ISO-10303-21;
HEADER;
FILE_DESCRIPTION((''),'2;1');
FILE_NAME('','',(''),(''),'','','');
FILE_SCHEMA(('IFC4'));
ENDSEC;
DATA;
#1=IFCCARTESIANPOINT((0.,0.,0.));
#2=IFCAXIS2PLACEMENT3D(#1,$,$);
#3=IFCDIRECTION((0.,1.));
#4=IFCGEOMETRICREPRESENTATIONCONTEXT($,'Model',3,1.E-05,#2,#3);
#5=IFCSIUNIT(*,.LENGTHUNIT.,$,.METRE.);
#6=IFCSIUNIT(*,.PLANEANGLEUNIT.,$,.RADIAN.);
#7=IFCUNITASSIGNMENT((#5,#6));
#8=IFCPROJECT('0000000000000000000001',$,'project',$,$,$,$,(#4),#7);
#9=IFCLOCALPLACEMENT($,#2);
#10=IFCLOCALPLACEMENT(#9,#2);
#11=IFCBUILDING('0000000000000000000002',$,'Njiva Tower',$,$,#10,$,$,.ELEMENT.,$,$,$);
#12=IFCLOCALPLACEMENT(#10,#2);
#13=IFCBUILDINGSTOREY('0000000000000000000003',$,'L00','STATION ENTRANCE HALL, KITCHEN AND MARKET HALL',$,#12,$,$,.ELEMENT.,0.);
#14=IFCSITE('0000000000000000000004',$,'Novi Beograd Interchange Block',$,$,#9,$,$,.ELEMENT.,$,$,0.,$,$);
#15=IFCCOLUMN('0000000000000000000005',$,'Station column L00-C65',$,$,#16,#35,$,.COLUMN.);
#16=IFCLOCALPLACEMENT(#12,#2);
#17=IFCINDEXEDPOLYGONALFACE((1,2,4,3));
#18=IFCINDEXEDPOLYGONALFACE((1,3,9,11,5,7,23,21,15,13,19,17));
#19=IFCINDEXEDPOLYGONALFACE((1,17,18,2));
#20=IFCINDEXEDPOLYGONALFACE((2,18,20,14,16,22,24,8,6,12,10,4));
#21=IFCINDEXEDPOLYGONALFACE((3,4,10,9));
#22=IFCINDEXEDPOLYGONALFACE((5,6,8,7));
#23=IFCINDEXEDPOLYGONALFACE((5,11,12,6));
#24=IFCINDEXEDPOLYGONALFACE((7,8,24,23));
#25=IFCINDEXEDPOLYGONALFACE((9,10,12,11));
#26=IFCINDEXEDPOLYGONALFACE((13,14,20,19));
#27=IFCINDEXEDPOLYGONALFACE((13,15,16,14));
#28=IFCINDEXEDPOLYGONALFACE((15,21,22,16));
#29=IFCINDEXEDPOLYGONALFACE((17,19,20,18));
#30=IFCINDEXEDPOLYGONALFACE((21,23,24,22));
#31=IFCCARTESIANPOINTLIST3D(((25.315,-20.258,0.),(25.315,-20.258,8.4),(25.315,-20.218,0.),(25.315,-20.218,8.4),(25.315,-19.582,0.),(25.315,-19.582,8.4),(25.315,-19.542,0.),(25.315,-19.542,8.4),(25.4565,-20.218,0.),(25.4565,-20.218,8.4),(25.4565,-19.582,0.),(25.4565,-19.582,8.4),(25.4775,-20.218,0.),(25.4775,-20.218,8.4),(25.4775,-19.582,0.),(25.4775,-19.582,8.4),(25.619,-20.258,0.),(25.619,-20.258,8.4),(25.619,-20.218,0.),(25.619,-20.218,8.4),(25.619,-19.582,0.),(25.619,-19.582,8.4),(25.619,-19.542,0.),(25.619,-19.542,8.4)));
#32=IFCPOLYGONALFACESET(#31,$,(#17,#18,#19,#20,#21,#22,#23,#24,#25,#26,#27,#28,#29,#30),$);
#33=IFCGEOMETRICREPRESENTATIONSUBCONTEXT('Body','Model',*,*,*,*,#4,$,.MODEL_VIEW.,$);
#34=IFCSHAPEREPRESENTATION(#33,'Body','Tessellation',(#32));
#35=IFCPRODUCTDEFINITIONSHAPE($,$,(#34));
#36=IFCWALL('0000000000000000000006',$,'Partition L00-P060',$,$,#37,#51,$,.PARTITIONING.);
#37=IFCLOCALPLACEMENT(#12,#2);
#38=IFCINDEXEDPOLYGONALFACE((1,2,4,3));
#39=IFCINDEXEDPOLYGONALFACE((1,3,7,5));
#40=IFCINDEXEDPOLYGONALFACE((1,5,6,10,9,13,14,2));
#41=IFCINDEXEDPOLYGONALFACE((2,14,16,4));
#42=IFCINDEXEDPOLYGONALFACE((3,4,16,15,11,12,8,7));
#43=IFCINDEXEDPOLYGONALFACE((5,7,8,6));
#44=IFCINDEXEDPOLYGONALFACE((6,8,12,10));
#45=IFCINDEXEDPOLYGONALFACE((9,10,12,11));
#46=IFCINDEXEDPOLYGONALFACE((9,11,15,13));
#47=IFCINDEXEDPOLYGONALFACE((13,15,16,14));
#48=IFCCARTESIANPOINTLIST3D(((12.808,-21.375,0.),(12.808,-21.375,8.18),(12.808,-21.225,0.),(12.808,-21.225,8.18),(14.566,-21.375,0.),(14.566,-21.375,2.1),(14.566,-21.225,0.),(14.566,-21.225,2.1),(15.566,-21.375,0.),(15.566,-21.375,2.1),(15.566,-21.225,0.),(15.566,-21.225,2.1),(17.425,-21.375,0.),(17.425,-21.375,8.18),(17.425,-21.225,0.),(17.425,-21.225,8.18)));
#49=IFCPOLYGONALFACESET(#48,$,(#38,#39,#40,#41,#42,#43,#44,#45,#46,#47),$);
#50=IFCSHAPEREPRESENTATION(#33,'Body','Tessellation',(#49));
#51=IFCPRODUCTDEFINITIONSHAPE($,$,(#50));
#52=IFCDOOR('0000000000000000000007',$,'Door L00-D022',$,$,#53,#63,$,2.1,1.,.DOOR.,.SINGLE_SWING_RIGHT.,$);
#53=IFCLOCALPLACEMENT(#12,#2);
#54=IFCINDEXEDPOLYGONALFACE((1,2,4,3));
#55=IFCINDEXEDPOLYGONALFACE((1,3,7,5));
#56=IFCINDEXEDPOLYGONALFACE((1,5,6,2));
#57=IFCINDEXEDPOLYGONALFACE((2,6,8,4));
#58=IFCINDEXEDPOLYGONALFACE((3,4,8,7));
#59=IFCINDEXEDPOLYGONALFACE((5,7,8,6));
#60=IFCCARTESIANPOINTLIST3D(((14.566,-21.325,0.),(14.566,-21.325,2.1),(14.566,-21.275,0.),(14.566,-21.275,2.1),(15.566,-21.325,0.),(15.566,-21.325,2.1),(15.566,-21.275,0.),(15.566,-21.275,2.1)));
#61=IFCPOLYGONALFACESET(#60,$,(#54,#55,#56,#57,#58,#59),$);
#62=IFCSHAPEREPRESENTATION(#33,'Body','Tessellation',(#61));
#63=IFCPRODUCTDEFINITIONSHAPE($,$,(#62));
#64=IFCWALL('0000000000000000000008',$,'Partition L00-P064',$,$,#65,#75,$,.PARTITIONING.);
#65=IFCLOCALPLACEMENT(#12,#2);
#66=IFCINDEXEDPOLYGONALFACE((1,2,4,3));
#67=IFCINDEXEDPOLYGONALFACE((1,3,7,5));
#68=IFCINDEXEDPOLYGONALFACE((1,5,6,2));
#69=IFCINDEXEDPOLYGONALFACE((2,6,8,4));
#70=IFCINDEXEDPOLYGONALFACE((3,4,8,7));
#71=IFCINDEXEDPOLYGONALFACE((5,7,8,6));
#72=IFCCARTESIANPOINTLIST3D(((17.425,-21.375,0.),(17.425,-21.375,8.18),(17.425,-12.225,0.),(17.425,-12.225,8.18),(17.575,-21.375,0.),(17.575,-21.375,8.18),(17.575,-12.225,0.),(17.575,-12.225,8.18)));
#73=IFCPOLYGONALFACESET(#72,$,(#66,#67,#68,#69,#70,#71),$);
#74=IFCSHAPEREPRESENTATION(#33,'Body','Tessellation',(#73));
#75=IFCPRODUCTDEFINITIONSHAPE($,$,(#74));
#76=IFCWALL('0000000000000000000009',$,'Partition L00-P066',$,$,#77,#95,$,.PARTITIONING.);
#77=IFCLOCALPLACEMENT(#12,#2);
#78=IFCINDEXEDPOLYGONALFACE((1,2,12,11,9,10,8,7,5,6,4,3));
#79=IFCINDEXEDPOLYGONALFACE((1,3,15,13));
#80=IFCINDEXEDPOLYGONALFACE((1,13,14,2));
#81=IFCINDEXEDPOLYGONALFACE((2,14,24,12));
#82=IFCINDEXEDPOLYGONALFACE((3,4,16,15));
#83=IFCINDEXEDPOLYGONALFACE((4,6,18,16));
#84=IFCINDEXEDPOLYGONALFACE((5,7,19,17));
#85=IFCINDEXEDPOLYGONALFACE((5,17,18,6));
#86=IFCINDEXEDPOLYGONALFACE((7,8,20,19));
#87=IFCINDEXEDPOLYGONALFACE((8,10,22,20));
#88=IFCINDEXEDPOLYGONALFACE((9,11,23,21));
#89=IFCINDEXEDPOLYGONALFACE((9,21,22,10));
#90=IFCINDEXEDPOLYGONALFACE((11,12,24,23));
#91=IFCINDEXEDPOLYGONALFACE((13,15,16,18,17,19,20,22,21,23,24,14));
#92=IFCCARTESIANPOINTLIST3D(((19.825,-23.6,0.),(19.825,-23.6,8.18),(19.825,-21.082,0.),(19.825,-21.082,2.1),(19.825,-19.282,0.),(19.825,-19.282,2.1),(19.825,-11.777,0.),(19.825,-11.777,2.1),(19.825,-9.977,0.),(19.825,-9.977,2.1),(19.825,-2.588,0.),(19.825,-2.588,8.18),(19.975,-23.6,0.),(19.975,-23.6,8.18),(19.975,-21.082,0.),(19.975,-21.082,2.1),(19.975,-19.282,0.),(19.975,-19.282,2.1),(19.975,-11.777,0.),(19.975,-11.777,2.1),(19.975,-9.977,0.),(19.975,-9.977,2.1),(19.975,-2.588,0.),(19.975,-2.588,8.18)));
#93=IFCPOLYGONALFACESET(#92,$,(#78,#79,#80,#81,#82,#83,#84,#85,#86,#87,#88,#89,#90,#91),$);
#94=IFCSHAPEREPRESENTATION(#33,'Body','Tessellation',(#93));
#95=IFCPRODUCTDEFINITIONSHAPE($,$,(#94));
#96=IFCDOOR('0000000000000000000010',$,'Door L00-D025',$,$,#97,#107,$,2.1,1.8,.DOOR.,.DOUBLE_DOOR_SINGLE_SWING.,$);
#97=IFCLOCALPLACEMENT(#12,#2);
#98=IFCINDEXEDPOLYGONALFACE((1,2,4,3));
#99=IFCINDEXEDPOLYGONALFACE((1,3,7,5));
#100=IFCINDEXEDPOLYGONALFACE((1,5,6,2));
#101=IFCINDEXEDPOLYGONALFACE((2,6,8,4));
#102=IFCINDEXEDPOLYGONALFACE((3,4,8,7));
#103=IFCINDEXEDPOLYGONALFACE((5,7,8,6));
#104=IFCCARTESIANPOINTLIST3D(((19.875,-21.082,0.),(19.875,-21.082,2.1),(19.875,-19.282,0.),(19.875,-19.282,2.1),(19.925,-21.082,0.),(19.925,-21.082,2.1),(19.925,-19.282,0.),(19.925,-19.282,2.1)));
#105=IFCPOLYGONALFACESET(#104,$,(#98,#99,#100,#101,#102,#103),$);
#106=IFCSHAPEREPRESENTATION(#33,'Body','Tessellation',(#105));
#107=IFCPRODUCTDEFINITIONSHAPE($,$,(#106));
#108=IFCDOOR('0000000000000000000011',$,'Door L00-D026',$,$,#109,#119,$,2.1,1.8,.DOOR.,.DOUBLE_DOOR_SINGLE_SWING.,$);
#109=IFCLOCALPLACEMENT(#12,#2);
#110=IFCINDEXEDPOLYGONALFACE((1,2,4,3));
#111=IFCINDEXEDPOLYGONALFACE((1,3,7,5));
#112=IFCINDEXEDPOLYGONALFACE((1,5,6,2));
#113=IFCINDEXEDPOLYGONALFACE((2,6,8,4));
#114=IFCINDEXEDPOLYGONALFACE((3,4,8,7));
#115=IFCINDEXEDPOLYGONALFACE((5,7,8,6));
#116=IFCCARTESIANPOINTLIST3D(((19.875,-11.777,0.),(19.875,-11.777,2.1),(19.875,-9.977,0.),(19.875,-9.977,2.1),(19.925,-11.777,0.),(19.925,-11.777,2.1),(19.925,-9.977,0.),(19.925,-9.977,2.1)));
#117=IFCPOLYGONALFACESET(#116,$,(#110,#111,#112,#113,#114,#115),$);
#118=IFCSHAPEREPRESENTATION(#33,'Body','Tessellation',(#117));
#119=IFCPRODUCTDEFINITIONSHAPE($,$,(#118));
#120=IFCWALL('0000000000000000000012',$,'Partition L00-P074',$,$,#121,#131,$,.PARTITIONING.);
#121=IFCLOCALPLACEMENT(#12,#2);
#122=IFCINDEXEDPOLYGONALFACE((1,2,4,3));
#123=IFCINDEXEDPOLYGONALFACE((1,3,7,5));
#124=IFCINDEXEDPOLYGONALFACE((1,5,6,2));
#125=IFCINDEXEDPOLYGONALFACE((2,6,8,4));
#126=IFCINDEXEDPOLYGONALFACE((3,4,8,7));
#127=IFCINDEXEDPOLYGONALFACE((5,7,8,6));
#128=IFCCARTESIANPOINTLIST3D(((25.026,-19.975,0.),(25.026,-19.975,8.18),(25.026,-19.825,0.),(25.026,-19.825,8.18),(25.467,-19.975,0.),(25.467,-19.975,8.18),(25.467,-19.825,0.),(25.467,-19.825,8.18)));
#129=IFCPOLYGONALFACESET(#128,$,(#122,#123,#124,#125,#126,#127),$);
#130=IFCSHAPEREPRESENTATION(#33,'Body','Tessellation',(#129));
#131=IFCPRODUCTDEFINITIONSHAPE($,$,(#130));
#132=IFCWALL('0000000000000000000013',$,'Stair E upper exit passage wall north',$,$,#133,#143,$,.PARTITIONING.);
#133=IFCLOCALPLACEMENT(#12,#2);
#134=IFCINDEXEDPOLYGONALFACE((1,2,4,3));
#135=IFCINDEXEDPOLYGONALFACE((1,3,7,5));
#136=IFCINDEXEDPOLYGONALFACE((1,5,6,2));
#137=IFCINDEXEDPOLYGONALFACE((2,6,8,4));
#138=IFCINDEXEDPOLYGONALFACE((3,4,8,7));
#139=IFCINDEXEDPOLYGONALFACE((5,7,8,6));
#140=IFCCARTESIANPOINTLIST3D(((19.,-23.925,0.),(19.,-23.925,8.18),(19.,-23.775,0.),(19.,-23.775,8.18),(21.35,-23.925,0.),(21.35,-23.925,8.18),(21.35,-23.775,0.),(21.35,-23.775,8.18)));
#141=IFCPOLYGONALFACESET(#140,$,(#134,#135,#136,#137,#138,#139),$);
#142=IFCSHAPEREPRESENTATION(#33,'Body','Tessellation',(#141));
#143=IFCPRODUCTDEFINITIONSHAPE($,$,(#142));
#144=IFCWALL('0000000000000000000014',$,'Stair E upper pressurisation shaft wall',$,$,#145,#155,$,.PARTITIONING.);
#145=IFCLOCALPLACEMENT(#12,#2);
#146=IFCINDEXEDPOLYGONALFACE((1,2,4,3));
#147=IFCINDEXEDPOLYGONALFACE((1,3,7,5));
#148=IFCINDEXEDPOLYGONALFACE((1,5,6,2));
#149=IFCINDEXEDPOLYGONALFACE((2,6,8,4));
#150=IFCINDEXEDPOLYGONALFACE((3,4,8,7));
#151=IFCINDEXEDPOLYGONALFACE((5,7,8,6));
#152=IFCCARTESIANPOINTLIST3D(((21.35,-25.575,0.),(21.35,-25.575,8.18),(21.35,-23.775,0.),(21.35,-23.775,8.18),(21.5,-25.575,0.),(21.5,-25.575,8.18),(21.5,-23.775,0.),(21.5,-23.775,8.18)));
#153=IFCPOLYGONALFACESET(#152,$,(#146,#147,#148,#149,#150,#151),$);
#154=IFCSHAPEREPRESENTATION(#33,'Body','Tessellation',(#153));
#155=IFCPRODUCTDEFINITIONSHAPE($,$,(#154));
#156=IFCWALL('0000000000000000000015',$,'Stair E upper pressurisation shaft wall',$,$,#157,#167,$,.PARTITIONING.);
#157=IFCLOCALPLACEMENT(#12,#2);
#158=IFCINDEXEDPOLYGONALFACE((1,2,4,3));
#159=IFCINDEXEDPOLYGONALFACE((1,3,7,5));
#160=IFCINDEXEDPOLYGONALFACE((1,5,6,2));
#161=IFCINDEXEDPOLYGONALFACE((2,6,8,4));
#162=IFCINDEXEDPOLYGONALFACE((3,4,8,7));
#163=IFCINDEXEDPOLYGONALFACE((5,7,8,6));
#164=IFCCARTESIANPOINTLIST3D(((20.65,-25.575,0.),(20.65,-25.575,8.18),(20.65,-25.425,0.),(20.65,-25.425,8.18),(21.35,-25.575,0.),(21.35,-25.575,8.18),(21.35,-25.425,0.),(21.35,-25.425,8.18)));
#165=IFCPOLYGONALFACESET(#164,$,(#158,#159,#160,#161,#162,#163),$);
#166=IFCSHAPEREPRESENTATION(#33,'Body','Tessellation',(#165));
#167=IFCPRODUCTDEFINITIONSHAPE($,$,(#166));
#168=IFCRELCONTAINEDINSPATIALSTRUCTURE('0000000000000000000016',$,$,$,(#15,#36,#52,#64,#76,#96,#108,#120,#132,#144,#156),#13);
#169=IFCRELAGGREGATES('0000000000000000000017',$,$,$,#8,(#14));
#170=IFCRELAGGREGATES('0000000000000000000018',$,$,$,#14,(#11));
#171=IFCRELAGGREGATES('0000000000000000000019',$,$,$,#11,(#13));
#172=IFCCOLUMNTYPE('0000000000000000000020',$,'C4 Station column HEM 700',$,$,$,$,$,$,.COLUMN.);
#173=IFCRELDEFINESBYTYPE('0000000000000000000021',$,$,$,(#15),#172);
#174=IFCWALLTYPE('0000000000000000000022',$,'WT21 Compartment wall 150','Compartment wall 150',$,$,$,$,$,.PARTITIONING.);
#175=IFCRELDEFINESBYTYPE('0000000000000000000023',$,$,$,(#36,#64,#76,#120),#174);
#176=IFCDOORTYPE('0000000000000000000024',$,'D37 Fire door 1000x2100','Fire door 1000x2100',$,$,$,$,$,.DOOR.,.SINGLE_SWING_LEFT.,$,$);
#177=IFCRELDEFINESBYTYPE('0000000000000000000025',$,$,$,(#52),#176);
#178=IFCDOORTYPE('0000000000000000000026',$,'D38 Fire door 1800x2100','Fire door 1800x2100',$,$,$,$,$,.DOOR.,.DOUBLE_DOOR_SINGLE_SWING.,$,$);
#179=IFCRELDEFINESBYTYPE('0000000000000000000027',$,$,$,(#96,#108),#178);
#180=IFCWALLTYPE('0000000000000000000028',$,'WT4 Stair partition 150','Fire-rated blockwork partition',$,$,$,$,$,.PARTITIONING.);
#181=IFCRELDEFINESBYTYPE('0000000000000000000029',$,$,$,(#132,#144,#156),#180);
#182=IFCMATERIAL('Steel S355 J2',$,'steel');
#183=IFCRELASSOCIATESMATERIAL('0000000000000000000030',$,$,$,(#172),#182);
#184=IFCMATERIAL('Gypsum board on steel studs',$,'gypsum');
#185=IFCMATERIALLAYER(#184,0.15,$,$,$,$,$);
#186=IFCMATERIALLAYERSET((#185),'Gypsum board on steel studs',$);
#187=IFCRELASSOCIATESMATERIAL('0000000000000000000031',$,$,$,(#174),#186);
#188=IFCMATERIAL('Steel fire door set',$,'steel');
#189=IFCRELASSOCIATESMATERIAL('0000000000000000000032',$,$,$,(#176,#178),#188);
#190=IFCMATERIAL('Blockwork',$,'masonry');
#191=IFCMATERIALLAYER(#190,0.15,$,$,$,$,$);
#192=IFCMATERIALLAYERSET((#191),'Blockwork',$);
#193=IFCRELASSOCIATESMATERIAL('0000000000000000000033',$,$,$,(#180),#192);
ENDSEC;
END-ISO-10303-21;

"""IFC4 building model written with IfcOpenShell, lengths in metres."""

from ifc_helpers import new_model, si_unit, direction, frame, frame_2d, origin, origin_2d, place, context, subcontext, project, spatial, rectangle, i_section, extrude, material, layer, layer_set, material_profile, profile_set, type_object, element, fill, save


model = new_model("IFC4")

# Units and contexts
model_context = context("Model", 3, precision=1e-05, world=origin(), true_north=direction((0.0, 1.0)))
body_context = subcontext(model_context, "Body", "Model", "MODEL_VIEW")
ifc_project = project(units=[si_unit("LENGTHUNIT", "METRE"), si_unit("PLANEANGLEUNIT", "RADIAN")], contexts=[model_context])

# Site, building, storey
site_placement = place(None, origin())
site = spatial("IfcSite", under=ifc_project, at=site_placement, Name="Novi Beograd Interchange Block", CompositionType="ELEMENT", RefElevation=0.0)
building_placement = place(site_placement, origin())
building = spatial("IfcBuilding", under=site, at=building_placement, Name="Njiva Tower", CompositionType="ELEMENT")
storey_placement = place(building_placement, origin())
storey = spatial("IfcBuildingStorey", under=building, at=storey_placement, Name="L00", Description="STATION ENTRANCE HALL, KITCHEN AND MARKET HALL", CompositionType="ELEMENT", Elevation=0.0)

# Column
ifc_material_1 = material(Name="Steel S355 J2", Category="steel")
ifc_material_profile = material_profile(ifc_material_1, i_section(OverallWidth=0.304, OverallDepth=0.716, WebThickness=0.021, FlangeThickness=0.04, at=origin_2d()), Name="HEM 700")
ifc_profile_set = profile_set([ifc_material_profile], Name="Steel S355 J2")
column_type = type_object("IfcColumnType", Name="C4 Station column HEM 700", PredefinedType="COLUMN", material=ifc_profile_set)
column_placement = place(storey_placement, frame((25.467, -19.9, 0.0), z_axis=(0.0, 0.0, 1.0), x_axis=(1.0, 0.0, 0.0)))
element("IfcColumn", 1, at=column_placement, inside=storey, type_object=column_type, Name="Station column L00-C65", PredefinedType="COLUMN", context=body_context, shape_type="SweptSolid", body=[
    extrude(i_section(OverallWidth=0.304, OverallDepth=0.716, WebThickness=0.021, FlangeThickness=0.04, at=origin_2d()), origin(), (0.0, 0.0, 1.0), 8.4),
])

# Wall, opening, door
ifc_material_2 = material(Name="Gypsum board on steel studs", Category="gypsum")
ifc_layer_1 = layer(ifc_material_2, 0.15)
ifc_layer_set_1 = layer_set([ifc_layer_1], Name="Gypsum board on steel studs")
wall_type_1 = type_object("IfcWallType", Name="WT21 Compartment wall 150", Description="Compartment wall 150", PredefinedType="PARTITIONING", material=ifc_layer_set_1)
wall_1_placement = place(storey_placement, frame((12.808, -21.3, 0.0), z_axis=(0.0, 0.0, 1.0), x_axis=(1.0, 0.0, 0.0)))
wall_1 = element("IfcWall", 2, at=wall_1_placement, inside=storey, type_object=wall_type_1, Name="Partition L00-P060", PredefinedType="PARTITIONING", context=body_context, shape_type="SweptSolid", body=[
    extrude(rectangle(XDim=4.617, YDim=0.15, at=frame_2d((2.3085, 0.0))), origin(), (0.0, 0.0, 1.0), 8.18),
])
opening_1_placement = place(wall_1_placement, frame((1.758, 0.0, 0.0)))
opening_1 = element("IfcOpeningElement", 3, at=opening_1_placement, cuts=wall_1, PredefinedType="OPENING", context=body_context, shape_type="SweptSolid", body=[
    extrude(rectangle(XDim=1.0, YDim=2.1, at=frame_2d((0.5, 1.05))), frame((0.0, 0.085, 0.0), z_axis=(0.0, -1.0, 0.0), x_axis=(1.0, 0.0, 0.0)), (0.0, 0.0, 1.0), 0.17),
])
ifc_material_3 = material(Name="Steel fire door set", Category="steel")
door_type_1 = type_object("IfcDoorType", Name="D37 Fire door 1000x2100", Description="Fire door 1000x2100", OperationType="SINGLE_SWING_LEFT", PredefinedType="DOOR", material=ifc_material_3)
door_1_placement = place(opening_1_placement, origin())
door_1 = element("IfcDoor", 4, at=door_1_placement, inside=storey, type_object=door_type_1, Name="Door L00-D022", OperationType="SINGLE_SWING_RIGHT", OverallHeight=2.1, OverallWidth=1.0, PredefinedType="DOOR", context=body_context, shape_type="SweptSolid", body=[
    extrude(rectangle(XDim=1.0, YDim=2.1, at=frame_2d((0.5, 1.05))), frame((0.0, 0.025, 0.0), z_axis=(0.0, -1.0, 0.0), x_axis=(1.0, 0.0, 0.0)), (0.0, 0.0, 1.0), 0.05),
])
fill(opening_1, door_1)

# Wall
wall_2_placement = place(storey_placement, frame((17.5, -21.375, 0.0), z_axis=(0.0, 0.0, 1.0), x_axis=(0.0, 1.0, 0.0)))
element("IfcWall", 5, at=wall_2_placement, inside=storey, type_object=wall_type_1, Name="Partition L00-P064", PredefinedType="PARTITIONING", context=body_context, shape_type="SweptSolid", body=[
    extrude(rectangle(XDim=9.15, YDim=0.15, at=frame_2d((4.575, 0.0))), origin(), (0.0, 0.0, 1.0), 8.18),
])

# Wall, openings, doors
wall_3_placement = place(storey_placement, frame((19.9, -23.6, 0.0), z_axis=(0.0, 0.0, 1.0), x_axis=(0.0, 1.0, 0.0)))
wall_3 = element("IfcWall", 6, at=wall_3_placement, inside=storey, type_object=wall_type_1, Name="Partition L00-P066", PredefinedType="PARTITIONING", context=body_context, shape_type="SweptSolid", body=[
    extrude(rectangle(XDim=21.012, YDim=0.15, at=frame_2d((10.506, 0.0))), origin(), (0.0, 0.0, 1.0), 8.18),
])
opening_2_placement = place(wall_3_placement, frame((2.518, 0.0, 0.0)))
opening_2 = element("IfcOpeningElement", 7, at=opening_2_placement, cuts=wall_3, PredefinedType="OPENING", context=body_context, shape_type="SweptSolid", body=[
    extrude(rectangle(XDim=1.8, YDim=2.1, at=frame_2d((0.9, 1.05))), frame((0.0, 0.085, 0.0), z_axis=(0.0, -1.0, 0.0), x_axis=(1.0, 0.0, 0.0)), (0.0, 0.0, 1.0), 0.17),
])
opening_3_placement = place(wall_3_placement, frame((11.823, 0.0, 0.0)))
opening_3 = element("IfcOpeningElement", 8, at=opening_3_placement, cuts=wall_3, PredefinedType="OPENING", context=body_context, shape_type="SweptSolid", body=[
    extrude(rectangle(XDim=1.8, YDim=2.1, at=frame_2d((0.9, 1.05))), frame((0.0, 0.085, 0.0), z_axis=(0.0, -1.0, 0.0), x_axis=(1.0, 0.0, 0.0)), (0.0, 0.0, 1.0), 0.17),
])
door_type_2 = type_object("IfcDoorType", Name="D38 Fire door 1800x2100", Description="Fire door 1800x2100", OperationType="DOUBLE_DOOR_SINGLE_SWING", PredefinedType="DOOR", material=ifc_material_3)
door_2_placement = place(opening_2_placement, origin())
door_2 = element("IfcDoor", 9, at=door_2_placement, inside=storey, type_object=door_type_2, Name="Door L00-D025", OperationType="DOUBLE_DOOR_SINGLE_SWING", OverallHeight=2.1, OverallWidth=1.8, PredefinedType="DOOR", context=body_context, shape_type="SweptSolid", body=[
    extrude(rectangle(XDim=1.8, YDim=2.1, at=frame_2d((0.9, 1.05))), frame((0.0, 0.025, 0.0), z_axis=(0.0, -1.0, 0.0), x_axis=(1.0, 0.0, 0.0)), (0.0, 0.0, 1.0), 0.05),
])
fill(opening_2, door_2)
door_3_placement = place(opening_3_placement, origin())
door_3 = element("IfcDoor", 10, at=door_3_placement, inside=storey, type_object=door_type_2, Name="Door L00-D026", OperationType="DOUBLE_DOOR_SINGLE_SWING", OverallHeight=2.1, OverallWidth=1.8, PredefinedType="DOOR", context=body_context, shape_type="SweptSolid", body=[
    extrude(rectangle(XDim=1.8, YDim=2.1, at=frame_2d((0.9, 1.05))), frame((0.0, 0.025, 0.0), z_axis=(0.0, -1.0, 0.0), x_axis=(1.0, 0.0, 0.0)), (0.0, 0.0, 1.0), 0.05),
])
fill(opening_3, door_3)

# Walls
wall_4_placement = place(storey_placement, frame((25.026, -19.9, 0.0), z_axis=(0.0, 0.0, 1.0), x_axis=(1.0, 0.0, 0.0)))
element("IfcWall", 11, at=wall_4_placement, inside=storey, type_object=wall_type_1, Name="Partition L00-P074", PredefinedType="PARTITIONING", context=body_context, shape_type="SweptSolid", body=[
    extrude(rectangle(XDim=0.441, YDim=0.15, at=frame_2d((0.2205, 0.0))), origin(), (0.0, 0.0, 1.0), 8.18),
])
ifc_material_4 = material(Name="Blockwork", Category="masonry")
ifc_layer_2 = layer(ifc_material_4, 0.15)
ifc_layer_set_2 = layer_set([ifc_layer_2], Name="Blockwork")
wall_type_2 = type_object("IfcWallType", Name="WT4 Stair partition 150", Description="Fire-rated blockwork partition", PredefinedType="PARTITIONING", material=ifc_layer_set_2)
wall_5_placement = place(storey_placement, frame((19.0, -23.85, 0.0), z_axis=(0.0, 0.0, 1.0), x_axis=(1.0, 0.0, 0.0)))
element("IfcWall", 12, at=wall_5_placement, inside=storey, type_object=wall_type_2, Name="Stair E upper exit passage wall north", PredefinedType="PARTITIONING", context=body_context, shape_type="SweptSolid", body=[
    extrude(rectangle(XDim=2.35, YDim=0.15, at=frame_2d((1.175, 0.0))), origin(), (0.0, 0.0, 1.0), 8.18),
])
wall_6_placement = place(storey_placement, frame((21.425, -25.575, 0.0), z_axis=(0.0, 0.0, 1.0), x_axis=(0.0, 1.0, 0.0)))
element("IfcWall", 13, at=wall_6_placement, inside=storey, type_object=wall_type_2, Name="Stair E upper pressurisation shaft wall", PredefinedType="PARTITIONING", context=body_context, shape_type="SweptSolid", body=[
    extrude(rectangle(XDim=1.8, YDim=0.15, at=frame_2d((0.9, 0.0))), origin(), (0.0, 0.0, 1.0), 8.18),
])
wall_7_placement = place(storey_placement, frame((20.65, -25.5, 0.0), z_axis=(0.0, 0.0, 1.0), x_axis=(1.0, 0.0, 0.0)))
element("IfcWall", 14, at=wall_7_placement, inside=storey, type_object=wall_type_2, Name="Stair E upper pressurisation shaft wall", PredefinedType="PARTITIONING", context=body_context, shape_type="SweptSolid", body=[
    extrude(rectangle(XDim=0.7, YDim=0.15, at=frame_2d((0.35, 0.0))), origin(), (0.0, 0.0, 1.0), 8.18),
])

save(model, "model.ifc")
